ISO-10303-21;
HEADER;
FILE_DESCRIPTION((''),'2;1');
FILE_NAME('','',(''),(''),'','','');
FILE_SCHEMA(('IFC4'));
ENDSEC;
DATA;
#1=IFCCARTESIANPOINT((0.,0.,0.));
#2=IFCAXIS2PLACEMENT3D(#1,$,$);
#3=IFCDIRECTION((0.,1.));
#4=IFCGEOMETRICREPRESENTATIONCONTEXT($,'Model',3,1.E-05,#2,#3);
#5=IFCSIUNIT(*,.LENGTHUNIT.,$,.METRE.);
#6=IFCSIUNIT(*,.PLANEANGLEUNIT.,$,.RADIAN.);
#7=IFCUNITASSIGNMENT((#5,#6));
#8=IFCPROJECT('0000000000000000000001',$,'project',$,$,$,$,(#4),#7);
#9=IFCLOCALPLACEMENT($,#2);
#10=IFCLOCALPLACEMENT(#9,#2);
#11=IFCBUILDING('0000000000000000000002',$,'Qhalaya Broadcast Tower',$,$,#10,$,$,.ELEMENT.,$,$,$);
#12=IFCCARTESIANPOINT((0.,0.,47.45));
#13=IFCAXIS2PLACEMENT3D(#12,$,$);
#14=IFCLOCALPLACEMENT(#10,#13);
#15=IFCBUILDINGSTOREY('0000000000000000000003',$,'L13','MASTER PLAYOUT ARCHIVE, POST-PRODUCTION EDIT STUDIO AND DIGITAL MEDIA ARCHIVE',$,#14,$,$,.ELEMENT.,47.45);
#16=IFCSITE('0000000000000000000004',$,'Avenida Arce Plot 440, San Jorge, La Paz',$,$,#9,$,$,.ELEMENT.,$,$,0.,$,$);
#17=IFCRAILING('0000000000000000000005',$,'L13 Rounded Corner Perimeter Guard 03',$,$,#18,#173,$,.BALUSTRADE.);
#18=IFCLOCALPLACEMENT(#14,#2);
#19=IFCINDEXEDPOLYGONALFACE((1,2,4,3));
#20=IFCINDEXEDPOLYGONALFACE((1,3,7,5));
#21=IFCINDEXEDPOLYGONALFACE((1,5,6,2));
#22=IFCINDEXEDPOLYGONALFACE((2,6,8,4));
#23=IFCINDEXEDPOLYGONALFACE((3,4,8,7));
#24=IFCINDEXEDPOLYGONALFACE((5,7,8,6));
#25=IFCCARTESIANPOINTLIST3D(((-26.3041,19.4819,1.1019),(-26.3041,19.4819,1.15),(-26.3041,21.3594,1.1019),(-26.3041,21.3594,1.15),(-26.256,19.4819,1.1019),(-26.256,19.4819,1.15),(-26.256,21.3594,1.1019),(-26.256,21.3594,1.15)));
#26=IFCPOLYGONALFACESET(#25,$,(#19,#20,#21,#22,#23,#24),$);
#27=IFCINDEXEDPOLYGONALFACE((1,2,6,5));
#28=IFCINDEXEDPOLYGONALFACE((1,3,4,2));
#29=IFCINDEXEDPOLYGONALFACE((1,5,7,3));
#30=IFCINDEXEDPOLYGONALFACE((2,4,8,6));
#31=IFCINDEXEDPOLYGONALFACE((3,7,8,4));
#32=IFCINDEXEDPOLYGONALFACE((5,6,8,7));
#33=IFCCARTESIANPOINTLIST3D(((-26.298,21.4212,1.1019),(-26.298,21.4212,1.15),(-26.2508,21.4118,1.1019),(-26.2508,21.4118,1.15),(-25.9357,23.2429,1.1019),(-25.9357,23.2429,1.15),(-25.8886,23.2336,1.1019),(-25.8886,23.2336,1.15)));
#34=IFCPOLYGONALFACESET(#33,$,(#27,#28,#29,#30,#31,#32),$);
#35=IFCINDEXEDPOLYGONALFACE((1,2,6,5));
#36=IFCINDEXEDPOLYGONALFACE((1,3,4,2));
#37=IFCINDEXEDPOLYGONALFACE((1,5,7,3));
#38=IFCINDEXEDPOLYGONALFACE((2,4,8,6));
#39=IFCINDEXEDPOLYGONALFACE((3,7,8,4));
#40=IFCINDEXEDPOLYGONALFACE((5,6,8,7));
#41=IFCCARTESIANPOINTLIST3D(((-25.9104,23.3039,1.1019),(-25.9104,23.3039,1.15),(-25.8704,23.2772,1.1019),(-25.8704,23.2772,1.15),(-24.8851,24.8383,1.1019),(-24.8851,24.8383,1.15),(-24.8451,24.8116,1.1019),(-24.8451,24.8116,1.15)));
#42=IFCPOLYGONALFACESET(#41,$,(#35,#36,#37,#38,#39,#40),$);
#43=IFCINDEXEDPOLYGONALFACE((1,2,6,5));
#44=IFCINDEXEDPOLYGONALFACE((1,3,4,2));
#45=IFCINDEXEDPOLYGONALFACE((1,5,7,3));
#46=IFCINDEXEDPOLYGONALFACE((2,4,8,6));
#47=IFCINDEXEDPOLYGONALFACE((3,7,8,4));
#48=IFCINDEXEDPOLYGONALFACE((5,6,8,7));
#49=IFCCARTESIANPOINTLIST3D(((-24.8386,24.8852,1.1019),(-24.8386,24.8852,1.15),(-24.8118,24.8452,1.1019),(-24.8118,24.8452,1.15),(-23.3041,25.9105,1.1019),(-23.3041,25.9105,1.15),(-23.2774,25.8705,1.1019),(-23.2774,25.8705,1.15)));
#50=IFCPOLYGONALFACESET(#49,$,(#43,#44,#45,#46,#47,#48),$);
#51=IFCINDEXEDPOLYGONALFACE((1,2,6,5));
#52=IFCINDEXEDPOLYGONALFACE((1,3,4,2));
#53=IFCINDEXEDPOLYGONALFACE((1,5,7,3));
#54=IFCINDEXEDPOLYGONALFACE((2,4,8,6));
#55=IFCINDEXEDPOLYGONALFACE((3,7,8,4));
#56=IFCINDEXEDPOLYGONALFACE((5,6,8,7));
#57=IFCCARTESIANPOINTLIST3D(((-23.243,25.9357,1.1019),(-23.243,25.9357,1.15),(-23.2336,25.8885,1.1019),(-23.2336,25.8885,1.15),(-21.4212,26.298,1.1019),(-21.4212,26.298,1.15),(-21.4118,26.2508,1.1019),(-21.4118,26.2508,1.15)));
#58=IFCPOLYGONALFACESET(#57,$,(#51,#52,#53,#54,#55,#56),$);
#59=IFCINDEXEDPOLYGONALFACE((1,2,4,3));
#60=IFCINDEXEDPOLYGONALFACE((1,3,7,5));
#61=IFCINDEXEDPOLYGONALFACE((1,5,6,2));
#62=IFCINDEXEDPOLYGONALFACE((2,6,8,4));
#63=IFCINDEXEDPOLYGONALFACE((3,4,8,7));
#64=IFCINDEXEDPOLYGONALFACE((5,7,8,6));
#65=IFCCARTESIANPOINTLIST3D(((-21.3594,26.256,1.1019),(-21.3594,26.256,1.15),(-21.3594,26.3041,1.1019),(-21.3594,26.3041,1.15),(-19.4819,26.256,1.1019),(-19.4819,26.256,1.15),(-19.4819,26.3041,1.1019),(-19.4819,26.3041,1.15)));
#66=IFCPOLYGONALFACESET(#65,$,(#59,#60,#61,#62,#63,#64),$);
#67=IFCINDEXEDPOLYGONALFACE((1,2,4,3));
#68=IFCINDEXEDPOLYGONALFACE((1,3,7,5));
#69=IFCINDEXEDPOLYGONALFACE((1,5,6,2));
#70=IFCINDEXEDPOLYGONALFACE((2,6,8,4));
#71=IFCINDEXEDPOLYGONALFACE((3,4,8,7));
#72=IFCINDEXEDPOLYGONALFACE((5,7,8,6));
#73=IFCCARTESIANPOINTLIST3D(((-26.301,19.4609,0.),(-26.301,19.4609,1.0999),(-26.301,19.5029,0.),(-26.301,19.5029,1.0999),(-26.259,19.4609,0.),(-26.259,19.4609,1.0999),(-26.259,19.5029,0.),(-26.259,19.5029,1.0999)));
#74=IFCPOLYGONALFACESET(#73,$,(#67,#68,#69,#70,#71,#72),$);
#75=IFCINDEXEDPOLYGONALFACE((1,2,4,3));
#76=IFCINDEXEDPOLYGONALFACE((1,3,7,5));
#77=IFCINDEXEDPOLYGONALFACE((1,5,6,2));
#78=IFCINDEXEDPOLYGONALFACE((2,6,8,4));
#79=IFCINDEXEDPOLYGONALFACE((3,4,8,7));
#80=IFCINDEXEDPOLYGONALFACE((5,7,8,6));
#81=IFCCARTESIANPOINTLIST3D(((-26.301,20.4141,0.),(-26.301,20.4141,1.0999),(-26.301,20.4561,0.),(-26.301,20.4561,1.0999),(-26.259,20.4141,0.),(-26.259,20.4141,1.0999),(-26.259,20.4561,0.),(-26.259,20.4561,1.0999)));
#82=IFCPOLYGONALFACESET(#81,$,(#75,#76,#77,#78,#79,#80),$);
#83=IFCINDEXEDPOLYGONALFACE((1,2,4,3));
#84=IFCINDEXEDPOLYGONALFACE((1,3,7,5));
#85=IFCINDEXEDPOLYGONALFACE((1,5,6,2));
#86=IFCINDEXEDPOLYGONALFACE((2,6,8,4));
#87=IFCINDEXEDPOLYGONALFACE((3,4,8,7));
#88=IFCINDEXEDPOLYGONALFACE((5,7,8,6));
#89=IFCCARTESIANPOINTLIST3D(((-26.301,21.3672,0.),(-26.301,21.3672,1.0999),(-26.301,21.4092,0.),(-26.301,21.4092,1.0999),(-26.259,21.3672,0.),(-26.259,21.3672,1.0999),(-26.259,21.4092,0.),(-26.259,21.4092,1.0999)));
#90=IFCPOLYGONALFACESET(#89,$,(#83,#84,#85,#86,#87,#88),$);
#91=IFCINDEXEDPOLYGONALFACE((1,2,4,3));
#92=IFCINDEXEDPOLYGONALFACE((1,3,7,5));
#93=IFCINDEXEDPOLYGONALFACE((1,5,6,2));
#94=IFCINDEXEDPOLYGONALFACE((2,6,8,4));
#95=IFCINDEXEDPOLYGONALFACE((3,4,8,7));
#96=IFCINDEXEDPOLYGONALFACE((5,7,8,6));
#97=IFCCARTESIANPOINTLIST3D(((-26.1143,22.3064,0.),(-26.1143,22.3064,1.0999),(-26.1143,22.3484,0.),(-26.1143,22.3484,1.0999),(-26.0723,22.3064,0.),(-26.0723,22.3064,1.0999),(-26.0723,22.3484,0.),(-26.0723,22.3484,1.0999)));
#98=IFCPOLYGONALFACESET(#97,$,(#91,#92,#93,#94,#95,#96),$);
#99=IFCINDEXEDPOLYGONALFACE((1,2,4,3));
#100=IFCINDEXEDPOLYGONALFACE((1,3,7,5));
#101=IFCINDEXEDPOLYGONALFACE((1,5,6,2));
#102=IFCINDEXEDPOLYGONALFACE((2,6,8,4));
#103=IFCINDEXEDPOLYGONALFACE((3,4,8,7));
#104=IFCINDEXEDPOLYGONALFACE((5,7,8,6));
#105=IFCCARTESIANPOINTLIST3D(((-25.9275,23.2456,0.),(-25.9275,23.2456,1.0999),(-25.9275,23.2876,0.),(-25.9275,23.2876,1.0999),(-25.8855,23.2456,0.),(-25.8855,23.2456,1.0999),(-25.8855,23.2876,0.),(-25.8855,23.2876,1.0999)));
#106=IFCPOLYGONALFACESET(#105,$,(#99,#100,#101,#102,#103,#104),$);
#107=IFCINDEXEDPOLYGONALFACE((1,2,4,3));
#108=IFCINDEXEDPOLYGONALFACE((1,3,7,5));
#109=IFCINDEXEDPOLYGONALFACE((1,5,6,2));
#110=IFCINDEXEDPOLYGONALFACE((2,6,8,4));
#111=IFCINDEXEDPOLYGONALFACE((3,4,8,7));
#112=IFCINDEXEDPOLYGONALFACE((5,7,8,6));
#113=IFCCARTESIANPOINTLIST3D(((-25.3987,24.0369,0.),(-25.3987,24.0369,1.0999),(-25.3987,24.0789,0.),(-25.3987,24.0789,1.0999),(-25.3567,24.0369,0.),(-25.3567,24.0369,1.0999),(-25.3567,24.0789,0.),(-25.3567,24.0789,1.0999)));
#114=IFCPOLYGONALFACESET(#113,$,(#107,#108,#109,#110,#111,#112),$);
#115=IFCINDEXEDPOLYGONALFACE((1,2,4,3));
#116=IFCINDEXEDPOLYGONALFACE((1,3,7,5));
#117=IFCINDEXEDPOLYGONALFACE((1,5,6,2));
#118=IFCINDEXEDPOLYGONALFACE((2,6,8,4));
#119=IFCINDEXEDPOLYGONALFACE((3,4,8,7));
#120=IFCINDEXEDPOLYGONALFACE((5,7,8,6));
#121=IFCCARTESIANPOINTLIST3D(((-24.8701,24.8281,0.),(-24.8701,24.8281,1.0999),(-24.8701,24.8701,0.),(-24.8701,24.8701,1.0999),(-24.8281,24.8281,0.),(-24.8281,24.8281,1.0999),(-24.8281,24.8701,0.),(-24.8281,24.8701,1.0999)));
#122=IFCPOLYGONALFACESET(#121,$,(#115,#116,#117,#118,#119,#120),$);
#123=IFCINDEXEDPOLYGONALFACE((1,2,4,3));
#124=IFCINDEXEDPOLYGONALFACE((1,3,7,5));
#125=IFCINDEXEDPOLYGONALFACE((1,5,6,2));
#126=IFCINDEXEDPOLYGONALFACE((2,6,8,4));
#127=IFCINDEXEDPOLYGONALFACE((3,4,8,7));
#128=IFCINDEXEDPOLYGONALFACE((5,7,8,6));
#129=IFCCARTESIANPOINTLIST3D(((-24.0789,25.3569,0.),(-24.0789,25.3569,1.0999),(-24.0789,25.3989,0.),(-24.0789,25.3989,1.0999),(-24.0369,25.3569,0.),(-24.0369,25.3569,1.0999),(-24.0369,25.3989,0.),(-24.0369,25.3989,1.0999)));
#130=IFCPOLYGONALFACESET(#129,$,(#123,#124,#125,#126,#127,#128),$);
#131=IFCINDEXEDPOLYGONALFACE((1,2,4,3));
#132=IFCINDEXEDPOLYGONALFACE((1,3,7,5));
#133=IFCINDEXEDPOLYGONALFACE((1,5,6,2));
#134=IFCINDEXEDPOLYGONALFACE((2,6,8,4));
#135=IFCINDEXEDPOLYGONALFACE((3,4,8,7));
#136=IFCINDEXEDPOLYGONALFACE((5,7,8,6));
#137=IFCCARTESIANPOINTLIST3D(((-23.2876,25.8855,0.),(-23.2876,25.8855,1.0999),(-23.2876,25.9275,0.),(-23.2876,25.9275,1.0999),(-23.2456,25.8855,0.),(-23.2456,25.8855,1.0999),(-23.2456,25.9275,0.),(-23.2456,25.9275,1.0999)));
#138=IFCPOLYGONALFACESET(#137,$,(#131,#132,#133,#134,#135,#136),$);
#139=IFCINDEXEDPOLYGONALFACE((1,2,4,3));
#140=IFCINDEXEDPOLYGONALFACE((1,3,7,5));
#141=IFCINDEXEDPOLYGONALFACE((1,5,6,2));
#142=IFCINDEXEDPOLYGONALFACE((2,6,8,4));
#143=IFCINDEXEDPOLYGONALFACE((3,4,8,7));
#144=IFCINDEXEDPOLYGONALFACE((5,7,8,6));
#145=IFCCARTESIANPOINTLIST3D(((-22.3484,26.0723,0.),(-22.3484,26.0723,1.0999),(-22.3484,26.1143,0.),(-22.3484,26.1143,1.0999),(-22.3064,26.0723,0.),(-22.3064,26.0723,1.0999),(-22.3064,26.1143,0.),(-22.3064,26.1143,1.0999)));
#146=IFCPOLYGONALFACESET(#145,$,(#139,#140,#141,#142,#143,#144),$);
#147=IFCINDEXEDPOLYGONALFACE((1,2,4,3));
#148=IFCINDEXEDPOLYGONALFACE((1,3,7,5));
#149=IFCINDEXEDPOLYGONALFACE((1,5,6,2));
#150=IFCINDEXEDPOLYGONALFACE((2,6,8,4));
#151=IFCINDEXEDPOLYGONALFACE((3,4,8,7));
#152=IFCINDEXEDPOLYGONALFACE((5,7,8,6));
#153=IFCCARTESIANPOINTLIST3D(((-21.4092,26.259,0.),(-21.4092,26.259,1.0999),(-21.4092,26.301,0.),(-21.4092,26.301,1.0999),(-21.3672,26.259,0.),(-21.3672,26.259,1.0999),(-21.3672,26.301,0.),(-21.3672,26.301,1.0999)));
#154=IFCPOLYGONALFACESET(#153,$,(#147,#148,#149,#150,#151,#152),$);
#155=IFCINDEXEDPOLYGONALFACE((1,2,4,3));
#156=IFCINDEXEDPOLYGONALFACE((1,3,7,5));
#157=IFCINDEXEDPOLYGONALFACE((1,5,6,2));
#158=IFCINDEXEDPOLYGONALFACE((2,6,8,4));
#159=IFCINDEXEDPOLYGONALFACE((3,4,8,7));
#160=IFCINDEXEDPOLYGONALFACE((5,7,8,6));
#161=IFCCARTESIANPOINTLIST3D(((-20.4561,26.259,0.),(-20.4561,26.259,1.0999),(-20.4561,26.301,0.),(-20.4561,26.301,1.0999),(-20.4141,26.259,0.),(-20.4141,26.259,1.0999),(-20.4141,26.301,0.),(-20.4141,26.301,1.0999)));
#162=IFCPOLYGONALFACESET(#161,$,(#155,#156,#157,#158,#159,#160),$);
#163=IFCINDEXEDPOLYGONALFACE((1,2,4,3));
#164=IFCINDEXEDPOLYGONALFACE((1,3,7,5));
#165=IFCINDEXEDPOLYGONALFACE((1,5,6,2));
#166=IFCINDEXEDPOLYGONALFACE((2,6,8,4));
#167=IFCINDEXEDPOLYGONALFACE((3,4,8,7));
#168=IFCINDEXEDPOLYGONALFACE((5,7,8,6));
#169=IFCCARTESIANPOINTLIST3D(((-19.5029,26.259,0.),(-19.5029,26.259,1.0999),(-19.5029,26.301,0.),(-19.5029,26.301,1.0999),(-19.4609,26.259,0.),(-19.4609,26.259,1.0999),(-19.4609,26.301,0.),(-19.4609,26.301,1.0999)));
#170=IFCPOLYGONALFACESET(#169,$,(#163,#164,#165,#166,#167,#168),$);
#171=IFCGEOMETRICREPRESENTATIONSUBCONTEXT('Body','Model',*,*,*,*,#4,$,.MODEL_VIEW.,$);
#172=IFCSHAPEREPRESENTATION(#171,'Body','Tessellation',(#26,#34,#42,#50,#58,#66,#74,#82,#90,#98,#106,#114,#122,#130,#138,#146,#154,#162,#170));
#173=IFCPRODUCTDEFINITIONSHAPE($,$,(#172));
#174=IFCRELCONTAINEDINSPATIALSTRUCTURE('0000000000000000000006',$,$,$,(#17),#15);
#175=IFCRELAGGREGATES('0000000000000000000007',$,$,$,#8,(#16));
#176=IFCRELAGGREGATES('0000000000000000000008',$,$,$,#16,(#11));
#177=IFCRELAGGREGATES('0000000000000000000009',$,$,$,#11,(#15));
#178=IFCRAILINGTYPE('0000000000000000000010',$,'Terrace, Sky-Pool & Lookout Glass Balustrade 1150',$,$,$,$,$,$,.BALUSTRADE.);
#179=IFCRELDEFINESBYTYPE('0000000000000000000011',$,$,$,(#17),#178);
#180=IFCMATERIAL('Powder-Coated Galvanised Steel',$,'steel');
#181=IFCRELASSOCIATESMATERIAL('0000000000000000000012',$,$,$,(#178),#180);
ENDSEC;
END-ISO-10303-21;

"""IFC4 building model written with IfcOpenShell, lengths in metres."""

from ifc_helpers import new_model, si_unit, direction, frame, origin, origin_2d, place, context, subcontext, project, spatial, rectangle, extrude, material, type_object, element, save


model = new_model("IFC4")

# Units and contexts
model_context = context("Model", 3, precision=1e-05, world=origin(), true_north=direction((0.0, 1.0)))
body_context = subcontext(model_context, "Body", "Model", "MODEL_VIEW")
ifc_project = project(units=[si_unit("LENGTHUNIT", "METRE"), si_unit("PLANEANGLEUNIT", "RADIAN")], contexts=[model_context])

# Site, building, storey
site_placement = place(None, origin())
site = spatial("IfcSite", under=ifc_project, at=site_placement, Name="Avenida Arce Plot 440, San Jorge, La Paz", CompositionType="ELEMENT", RefElevation=0.0)
building_placement = place(site_placement, origin())
building = spatial("IfcBuilding", under=site, at=building_placement, Name="Qhalaya Broadcast Tower", CompositionType="ELEMENT")
storey_placement = place(building_placement, frame((0.0, 0.0, 47.45)))
storey = spatial("IfcBuildingStorey", under=building, at=storey_placement, Name="L13", Description="MASTER PLAYOUT ARCHIVE, POST-PRODUCTION EDIT STUDIO AND DIGITAL MEDIA ARCHIVE", CompositionType="ELEMENT", Elevation=47.45)

# Railing
ifc_material_1 = material(Name="Powder-Coated Galvanised Steel", Category="steel")
railing_type_1 = type_object("IfcRailingType", Name="Terrace, Sky-Pool & Lookout Glass Balustrade 1150", PredefinedType="BALUSTRADE", material=ifc_material_1)
railing_1_placement = place(storey_placement, frame((-26.28, 19.4819, 0.0)))
element("IfcRailing", 1, at=railing_1_placement, inside=storey, type_object=railing_type_1, Name="L13 Rounded Corner Perimeter Guard 03", PredefinedType="BALUSTRADE", context=body_context, shape_type="SweptSolid", body=[
    extrude(rectangle(XDim=0.0481, YDim=0.0481, at=origin_2d()), frame((0.0, 0.0, 1.126), z_axis=(0.0, 1.0, 0.0), x_axis=(-1.0, 0.0, 0.0)), (0.0, 0.0, 1.0), 1.8774),
    extrude(rectangle(XDim=0.0481, YDim=0.0481, at=origin_2d()), frame((0.0056, 1.9346, 1.126), z_axis=(0.195037, 0.980796, 0.0), x_axis=(-0.980796, 0.195037, 0.0)), (0.0, 0.0, 1.0), 1.8574),
    extrude(rectangle(XDim=0.0481, YDim=0.0481, at=origin_2d()), frame((0.3896, 3.8086, 1.126), z_axis=(0.555558, 0.831478, 0.0), x_axis=(-0.831478, 0.555558, 0.0)), (0.0, 0.0, 1.0), 1.8455),
    extrude(rectangle(XDim=0.0481, YDim=0.0481, at=origin_2d()), frame((1.4548, 5.3833, 1.126), z_axis=(0.831478, 0.555558, 0.0), x_axis=(-0.555558, 0.831478, 0.0)), (0.0, 0.0, 1.0), 1.8455),
    extrude(rectangle(XDim=0.0481, YDim=0.0481, at=origin_2d()), frame((3.0417, 6.4302, 1.126), z_axis=(0.980796, 0.195037, 0.0), x_axis=(-0.195037, 0.980796, 0.0)), (0.0, 0.0, 1.0), 1.8574),
    extrude(rectangle(XDim=0.0481, YDim=0.0481, at=origin_2d()), frame((4.9207, 6.7981, 1.126), z_axis=(1.0, 0.0, 0.0), x_axis=(0.0, 1.0, 0.0)), (0.0, 0.0, 1.0), 1.8774),
    extrude(rectangle(XDim=0.042, YDim=0.042, at=origin_2d()), origin(), (0.0, 0.0, 1.0), 1.0999),
    extrude(rectangle(XDim=0.042, YDim=0.042, at=origin_2d()), frame((0.0, 0.9531, 0.0)), (0.0, 0.0, 1.0), 1.0999),
    extrude(rectangle(XDim=0.042, YDim=0.042, at=origin_2d()), frame((0.0, 1.9062, 0.0)), (0.0, 0.0, 1.0), 1.0999),
    extrude(rectangle(XDim=0.042, YDim=0.042, at=origin_2d()), frame((0.1868, 2.8455, 0.0)), (0.0, 0.0, 1.0), 1.0999),
    extrude(rectangle(XDim=0.042, YDim=0.042, at=origin_2d()), frame((0.3735, 3.7847, 0.0)), (0.0, 0.0, 1.0), 1.0999),
    extrude(rectangle(XDim=0.042, YDim=0.042, at=origin_2d()), frame((0.9023, 4.5759, 0.0)), (0.0, 0.0, 1.0), 1.0999),
    extrude(rectangle(XDim=0.042, YDim=0.042, at=origin_2d()), frame((1.4309, 5.3672, 0.0)), (0.0, 0.0, 1.0), 1.0999),
    extrude(rectangle(XDim=0.042, YDim=0.042, at=origin_2d()), frame((2.2222, 5.896, 0.0)), (0.0, 0.0, 1.0), 1.0999),
    extrude(rectangle(XDim=0.042, YDim=0.042, at=origin_2d()), frame((3.0134, 6.4246, 0.0)), (0.0, 0.0, 1.0), 1.0999),
    extrude(rectangle(XDim=0.042, YDim=0.042, at=origin_2d()), frame((3.9526, 6.6113, 0.0)), (0.0, 0.0, 1.0), 1.0999),
    extrude(rectangle(XDim=0.042, YDim=0.042, at=origin_2d()), frame((4.8918, 6.7981, 0.0)), (0.0, 0.0, 1.0), 1.0999),
    extrude(rectangle(XDim=0.042, YDim=0.042, at=origin_2d()), frame((5.845, 6.7981, 0.0)), (0.0, 0.0, 1.0), 1.0999),
    extrude(rectangle(XDim=0.042, YDim=0.042, at=origin_2d()), frame((6.7981, 6.7981, 0.0)), (0.0, 0.0, 1.0), 1.0999),
])

save(model, "model.ifc")
